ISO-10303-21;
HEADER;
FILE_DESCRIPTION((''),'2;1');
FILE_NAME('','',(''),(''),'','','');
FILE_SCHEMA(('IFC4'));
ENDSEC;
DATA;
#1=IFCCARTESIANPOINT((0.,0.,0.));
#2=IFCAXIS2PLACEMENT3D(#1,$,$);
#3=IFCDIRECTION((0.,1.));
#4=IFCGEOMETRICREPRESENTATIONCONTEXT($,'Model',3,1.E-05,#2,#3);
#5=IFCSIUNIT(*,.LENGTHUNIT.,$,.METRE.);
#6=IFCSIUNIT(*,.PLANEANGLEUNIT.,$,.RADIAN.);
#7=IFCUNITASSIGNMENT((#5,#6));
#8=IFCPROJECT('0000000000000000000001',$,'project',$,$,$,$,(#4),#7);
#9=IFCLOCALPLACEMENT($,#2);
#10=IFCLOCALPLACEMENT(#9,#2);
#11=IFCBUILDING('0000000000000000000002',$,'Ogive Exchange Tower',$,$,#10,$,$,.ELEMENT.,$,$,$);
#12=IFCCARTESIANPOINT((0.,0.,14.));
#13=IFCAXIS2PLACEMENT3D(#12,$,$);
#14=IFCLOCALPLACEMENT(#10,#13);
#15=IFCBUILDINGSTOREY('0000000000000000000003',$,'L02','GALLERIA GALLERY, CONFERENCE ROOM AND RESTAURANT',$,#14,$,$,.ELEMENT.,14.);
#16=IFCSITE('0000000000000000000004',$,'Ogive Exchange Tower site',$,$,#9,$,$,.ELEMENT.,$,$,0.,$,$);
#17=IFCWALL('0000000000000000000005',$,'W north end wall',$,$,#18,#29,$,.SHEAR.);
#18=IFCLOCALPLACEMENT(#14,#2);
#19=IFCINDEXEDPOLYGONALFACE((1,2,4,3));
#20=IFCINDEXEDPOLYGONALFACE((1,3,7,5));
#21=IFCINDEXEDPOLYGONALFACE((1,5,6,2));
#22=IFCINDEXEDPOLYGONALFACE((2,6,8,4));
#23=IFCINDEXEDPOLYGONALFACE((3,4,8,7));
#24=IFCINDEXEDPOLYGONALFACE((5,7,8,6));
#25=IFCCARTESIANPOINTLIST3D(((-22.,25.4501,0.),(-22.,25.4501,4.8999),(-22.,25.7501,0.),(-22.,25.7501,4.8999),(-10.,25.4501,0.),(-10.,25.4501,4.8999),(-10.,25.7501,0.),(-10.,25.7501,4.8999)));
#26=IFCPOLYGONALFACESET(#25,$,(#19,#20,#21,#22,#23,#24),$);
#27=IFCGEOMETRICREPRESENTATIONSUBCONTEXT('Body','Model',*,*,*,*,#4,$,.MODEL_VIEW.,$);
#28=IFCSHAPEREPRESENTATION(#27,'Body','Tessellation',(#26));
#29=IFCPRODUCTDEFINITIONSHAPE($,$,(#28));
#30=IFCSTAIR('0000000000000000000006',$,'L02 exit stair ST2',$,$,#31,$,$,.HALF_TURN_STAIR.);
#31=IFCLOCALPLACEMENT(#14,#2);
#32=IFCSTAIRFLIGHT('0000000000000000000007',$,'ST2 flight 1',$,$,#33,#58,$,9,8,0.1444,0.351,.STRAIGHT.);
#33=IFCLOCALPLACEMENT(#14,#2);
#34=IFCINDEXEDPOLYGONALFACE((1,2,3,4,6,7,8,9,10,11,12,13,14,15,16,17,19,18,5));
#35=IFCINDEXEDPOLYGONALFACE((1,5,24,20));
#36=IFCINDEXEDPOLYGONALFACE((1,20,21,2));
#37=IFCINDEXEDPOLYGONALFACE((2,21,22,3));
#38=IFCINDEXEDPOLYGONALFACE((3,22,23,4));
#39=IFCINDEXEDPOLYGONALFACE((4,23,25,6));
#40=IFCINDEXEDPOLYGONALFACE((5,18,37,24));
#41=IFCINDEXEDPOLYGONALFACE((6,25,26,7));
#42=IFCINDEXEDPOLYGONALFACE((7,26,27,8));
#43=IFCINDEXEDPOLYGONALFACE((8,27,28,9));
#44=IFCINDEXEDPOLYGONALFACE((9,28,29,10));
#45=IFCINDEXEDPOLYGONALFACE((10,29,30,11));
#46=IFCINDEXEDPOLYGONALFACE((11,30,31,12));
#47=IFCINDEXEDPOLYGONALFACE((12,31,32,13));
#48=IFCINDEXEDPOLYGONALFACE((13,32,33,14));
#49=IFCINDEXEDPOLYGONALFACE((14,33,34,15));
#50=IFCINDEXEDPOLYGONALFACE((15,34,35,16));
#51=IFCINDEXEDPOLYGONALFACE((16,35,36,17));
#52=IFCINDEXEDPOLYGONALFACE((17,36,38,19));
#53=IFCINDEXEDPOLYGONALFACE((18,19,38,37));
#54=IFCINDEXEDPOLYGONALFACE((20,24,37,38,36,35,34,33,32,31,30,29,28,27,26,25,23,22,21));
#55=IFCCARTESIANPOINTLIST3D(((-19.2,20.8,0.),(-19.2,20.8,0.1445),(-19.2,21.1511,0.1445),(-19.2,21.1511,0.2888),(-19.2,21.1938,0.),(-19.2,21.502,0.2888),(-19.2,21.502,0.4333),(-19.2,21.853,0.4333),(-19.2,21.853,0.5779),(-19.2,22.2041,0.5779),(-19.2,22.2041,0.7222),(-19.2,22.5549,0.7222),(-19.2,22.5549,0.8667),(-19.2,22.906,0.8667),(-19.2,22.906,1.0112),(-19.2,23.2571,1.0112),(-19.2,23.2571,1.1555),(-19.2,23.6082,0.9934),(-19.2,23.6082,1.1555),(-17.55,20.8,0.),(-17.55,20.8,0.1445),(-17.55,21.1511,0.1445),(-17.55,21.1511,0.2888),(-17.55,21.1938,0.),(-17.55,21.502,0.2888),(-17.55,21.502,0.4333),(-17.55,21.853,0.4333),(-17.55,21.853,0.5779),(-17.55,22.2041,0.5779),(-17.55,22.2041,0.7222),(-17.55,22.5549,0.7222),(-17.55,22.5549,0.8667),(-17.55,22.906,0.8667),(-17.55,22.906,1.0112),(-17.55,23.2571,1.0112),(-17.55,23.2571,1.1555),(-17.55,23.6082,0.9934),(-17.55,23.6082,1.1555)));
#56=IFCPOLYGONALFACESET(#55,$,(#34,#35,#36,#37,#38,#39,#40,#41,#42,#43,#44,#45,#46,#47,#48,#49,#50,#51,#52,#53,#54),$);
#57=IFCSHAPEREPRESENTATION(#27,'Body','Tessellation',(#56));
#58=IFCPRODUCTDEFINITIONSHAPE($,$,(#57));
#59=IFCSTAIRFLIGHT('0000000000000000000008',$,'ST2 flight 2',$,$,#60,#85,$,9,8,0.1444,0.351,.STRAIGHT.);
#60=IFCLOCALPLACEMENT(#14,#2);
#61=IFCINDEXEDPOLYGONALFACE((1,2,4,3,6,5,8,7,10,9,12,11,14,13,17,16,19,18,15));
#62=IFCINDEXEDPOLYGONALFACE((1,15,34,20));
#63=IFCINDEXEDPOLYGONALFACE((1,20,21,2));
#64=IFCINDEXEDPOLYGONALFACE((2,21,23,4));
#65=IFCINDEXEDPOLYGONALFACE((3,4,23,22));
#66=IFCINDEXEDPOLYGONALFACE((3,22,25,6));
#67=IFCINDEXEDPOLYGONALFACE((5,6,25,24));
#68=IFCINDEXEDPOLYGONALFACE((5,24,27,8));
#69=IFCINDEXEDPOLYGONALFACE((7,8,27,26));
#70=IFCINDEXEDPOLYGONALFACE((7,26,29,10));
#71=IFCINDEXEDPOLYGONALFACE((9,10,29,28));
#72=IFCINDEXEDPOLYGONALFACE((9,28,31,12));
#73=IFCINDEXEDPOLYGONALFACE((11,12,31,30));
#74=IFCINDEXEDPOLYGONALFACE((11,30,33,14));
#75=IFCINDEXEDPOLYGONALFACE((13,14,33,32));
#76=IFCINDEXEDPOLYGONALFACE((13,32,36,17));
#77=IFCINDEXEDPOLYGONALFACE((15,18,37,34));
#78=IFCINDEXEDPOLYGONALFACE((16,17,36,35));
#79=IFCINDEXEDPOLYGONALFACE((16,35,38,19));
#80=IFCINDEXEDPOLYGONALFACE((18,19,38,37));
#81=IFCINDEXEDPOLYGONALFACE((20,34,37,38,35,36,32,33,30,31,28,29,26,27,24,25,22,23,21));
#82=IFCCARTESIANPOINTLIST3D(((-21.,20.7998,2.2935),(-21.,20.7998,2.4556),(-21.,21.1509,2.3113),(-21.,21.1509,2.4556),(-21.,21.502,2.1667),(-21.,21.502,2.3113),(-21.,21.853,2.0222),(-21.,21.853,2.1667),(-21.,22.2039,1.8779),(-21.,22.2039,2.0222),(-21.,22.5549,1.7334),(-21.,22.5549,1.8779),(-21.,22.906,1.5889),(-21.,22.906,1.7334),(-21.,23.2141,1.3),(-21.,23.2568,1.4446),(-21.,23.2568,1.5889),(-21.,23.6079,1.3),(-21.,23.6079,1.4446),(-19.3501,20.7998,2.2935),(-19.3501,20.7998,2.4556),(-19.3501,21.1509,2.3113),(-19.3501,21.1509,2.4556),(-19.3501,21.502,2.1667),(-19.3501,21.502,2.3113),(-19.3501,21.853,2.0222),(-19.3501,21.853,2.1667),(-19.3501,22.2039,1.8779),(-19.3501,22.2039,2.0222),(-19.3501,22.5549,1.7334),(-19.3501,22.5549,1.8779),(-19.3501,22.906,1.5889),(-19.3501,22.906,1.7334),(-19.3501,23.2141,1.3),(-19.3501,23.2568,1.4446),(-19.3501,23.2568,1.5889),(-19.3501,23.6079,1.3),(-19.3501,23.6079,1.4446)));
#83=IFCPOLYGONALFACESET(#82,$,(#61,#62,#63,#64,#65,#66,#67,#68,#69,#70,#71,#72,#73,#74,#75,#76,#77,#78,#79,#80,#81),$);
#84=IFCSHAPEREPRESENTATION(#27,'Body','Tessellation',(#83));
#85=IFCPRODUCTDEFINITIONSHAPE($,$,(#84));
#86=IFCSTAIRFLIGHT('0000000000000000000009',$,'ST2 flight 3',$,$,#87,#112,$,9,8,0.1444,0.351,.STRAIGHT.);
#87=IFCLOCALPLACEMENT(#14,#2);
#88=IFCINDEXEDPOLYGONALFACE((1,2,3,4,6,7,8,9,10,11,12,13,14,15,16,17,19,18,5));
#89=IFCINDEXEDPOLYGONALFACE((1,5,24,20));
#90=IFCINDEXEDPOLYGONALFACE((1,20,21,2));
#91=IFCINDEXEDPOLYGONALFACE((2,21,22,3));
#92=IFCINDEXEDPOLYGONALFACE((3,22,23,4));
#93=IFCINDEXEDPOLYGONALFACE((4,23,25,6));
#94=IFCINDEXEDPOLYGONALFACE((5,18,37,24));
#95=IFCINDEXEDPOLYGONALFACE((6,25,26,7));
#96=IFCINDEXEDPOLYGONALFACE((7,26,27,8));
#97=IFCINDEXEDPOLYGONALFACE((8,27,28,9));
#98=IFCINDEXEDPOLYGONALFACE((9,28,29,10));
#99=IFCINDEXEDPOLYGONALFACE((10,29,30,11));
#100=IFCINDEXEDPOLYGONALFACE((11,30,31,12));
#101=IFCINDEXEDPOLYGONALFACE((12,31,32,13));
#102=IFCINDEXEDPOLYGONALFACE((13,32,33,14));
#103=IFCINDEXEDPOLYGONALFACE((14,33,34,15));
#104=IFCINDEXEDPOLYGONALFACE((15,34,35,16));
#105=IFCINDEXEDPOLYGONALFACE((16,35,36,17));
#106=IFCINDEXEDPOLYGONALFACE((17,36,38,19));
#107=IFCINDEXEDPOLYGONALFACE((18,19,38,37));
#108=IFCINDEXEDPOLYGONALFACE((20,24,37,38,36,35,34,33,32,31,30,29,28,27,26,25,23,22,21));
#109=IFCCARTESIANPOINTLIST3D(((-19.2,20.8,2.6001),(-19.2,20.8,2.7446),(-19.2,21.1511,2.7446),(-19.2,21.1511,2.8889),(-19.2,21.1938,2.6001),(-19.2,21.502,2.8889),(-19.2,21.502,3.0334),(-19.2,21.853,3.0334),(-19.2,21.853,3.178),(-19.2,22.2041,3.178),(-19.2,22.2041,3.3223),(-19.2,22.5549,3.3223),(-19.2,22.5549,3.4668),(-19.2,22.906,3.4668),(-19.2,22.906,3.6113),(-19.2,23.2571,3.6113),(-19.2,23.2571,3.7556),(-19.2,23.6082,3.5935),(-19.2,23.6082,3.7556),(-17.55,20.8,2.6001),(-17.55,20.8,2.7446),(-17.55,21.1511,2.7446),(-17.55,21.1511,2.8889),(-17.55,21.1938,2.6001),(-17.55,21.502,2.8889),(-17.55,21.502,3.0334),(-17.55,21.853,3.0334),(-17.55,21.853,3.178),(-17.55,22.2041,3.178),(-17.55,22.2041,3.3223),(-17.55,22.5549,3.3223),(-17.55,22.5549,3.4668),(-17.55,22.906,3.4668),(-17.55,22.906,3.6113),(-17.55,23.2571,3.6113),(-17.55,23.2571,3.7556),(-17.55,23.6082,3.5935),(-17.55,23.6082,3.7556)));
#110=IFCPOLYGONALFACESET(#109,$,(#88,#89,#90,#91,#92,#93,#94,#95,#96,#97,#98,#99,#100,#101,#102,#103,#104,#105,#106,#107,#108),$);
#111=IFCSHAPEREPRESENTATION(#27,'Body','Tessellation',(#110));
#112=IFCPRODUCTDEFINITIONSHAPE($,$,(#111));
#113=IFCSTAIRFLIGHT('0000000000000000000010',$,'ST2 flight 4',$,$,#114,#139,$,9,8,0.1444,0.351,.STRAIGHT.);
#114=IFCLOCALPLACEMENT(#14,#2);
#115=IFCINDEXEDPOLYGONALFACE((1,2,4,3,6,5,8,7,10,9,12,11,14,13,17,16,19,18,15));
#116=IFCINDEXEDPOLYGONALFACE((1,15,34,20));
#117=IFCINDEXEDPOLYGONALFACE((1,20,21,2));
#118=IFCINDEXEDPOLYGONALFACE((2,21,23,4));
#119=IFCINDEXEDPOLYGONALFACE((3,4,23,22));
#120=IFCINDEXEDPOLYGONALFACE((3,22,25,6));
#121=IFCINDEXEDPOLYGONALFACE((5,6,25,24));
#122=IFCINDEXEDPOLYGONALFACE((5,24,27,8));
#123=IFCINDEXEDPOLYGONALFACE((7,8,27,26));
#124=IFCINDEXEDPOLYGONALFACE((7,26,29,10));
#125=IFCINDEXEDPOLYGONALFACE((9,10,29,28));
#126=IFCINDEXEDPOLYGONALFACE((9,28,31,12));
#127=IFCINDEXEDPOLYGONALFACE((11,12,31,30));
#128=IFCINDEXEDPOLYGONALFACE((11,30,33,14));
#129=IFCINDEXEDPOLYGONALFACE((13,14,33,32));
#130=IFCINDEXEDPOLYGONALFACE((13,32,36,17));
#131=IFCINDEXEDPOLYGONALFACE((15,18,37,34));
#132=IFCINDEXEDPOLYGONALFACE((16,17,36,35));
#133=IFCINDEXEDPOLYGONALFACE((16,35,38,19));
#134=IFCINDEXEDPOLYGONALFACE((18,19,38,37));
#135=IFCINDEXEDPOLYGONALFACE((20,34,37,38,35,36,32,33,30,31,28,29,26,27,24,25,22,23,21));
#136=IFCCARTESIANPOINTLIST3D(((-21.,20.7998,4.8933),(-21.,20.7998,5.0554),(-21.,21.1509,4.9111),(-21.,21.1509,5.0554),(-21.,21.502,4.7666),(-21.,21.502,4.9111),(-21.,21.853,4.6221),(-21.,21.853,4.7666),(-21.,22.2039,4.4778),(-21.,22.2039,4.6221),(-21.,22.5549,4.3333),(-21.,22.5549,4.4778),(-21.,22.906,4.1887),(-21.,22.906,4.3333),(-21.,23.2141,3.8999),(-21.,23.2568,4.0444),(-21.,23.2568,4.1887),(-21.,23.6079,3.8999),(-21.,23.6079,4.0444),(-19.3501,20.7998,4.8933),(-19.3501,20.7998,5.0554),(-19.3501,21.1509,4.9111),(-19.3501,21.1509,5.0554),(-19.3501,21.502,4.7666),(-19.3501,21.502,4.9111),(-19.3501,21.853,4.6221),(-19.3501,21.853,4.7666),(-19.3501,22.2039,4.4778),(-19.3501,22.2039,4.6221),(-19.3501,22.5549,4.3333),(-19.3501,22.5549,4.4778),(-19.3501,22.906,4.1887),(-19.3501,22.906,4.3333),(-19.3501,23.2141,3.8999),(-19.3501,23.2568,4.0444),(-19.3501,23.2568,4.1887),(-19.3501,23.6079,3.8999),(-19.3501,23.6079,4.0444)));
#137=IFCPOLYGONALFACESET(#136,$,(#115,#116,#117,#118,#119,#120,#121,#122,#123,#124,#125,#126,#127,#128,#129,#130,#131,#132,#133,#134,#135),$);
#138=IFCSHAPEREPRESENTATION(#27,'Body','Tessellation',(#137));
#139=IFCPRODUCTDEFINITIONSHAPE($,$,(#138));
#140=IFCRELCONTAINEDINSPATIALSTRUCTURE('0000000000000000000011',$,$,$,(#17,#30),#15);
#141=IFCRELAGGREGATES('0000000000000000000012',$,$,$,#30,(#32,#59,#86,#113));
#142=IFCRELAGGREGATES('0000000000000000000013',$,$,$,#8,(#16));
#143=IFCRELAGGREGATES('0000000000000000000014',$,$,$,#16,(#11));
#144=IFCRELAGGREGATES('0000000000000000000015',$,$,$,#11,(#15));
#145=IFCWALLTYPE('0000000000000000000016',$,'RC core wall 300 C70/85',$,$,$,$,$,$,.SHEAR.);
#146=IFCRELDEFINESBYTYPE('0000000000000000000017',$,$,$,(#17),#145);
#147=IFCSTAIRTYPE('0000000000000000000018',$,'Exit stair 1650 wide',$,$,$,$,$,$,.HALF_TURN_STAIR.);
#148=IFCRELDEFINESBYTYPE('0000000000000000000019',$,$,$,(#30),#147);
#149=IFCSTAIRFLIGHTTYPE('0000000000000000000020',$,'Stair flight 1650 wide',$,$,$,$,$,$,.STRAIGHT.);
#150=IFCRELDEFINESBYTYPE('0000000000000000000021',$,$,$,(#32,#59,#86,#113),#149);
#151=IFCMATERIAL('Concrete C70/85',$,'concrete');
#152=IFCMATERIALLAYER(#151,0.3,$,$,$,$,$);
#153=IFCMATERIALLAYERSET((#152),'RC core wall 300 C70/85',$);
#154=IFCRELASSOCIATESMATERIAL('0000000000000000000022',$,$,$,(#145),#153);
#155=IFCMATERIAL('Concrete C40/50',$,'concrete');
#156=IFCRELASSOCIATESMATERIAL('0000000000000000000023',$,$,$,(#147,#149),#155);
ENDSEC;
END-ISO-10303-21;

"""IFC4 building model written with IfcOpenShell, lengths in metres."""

from ifc_helpers import new_model, si_unit, direction, frame, frame_2d, origin, place, context, subcontext, project, spatial, polyline, rectangle, outline, extrude, material, layer, layer_set, type_object, element, aggregate, save


model = new_model("IFC4")

# Units and contexts
model_context = context("Model", 3, precision=1e-05, world=origin(), true_north=direction((0.0, 1.0)))
body_context = subcontext(model_context, "Body", "Model", "MODEL_VIEW")
ifc_project = project(units=[si_unit("LENGTHUNIT", "METRE"), si_unit("PLANEANGLEUNIT", "RADIAN")], contexts=[model_context])

# Site, building, storey
site_placement = place(None, origin())
site = spatial("IfcSite", under=ifc_project, at=site_placement, Name="Ogive Exchange Tower site", CompositionType="ELEMENT", RefElevation=0.0)
building_placement = place(site_placement, origin())
building = spatial("IfcBuilding", under=site, at=building_placement, Name="Ogive Exchange Tower", CompositionType="ELEMENT")
storey_placement = place(building_placement, frame((0.0, 0.0, 14.0)))
storey = spatial("IfcBuildingStorey", under=building, at=storey_placement, Name="L02", Description="GALLERIA GALLERY, CONFERENCE ROOM AND RESTAURANT", CompositionType="ELEMENT", Elevation=14.0)

# Shared definitions
ifc_material_1 = material(Name="Concrete C70/85", Category="concrete")

# Wall
ifc_layer_1 = layer(ifc_material_1, 0.3)
ifc_layer_set_1 = layer_set([ifc_layer_1], Name="RC core wall 300 C70/85")
wall_type_1 = type_object("IfcWallType", Name="RC core wall 300 C70/85", PredefinedType="SHEAR", material=ifc_layer_set_1)
wall_1_placement = place(storey_placement, frame((-22.0, 25.6001, 0.0), z_axis=(0.0, 0.0, 1.0), x_axis=(1.0, 0.0, 0.0)))
element("IfcWall", 1, at=wall_1_placement, inside=storey, type_object=wall_type_1, Name="W north end wall", PredefinedType="SHEAR", context=body_context, shape_type="SweptSolid", body=[
    extrude(rectangle(XDim=12.0, YDim=0.3, at=frame_2d((6.0, 0.0))), origin(), (0.0, 0.0, 1.0), 4.8999),
])

# Stair, stair flights
ifc_material_2 = material(Name="Concrete C40/50", Category="concrete")
stair_type = type_object("IfcStairType", Name="Exit stair 1650 wide", PredefinedType="HALF_TURN_STAIR", material=ifc_material_2)
stair_placement = place(storey_placement, origin())
stair = element("IfcStair", 2, at=stair_placement, inside=storey, type_object=stair_type, Name="L02 exit stair ST2", PredefinedType="HALF_TURN_STAIR")
stair_flight_type = type_object("IfcStairFlightType", Name="Stair flight 1650 wide", PredefinedType="STRAIGHT", material=ifc_material_2)
stair_flight_1_placement = place(storey_placement, frame((-18.375, 20.8, 0.0), z_axis=(0.0, 0.0, 1.0), x_axis=(0.0, 1.0, 0.0)))
stair_flight_1 = element("IfcStairFlight", 3, at=stair_flight_1_placement, type_object=stair_flight_type, Name="ST2 flight 1", NumberOfRisers=9, NumberOfTreads=8, PredefinedType="STRAIGHT", RiserHeight=0.1444, TreadLength=0.351, context=body_context, shape_type="SweptSolid", body=[
    extrude(outline(polyline([(0.0, 0.0), (0.0, 0.1445), (0.3511, 0.1445), (0.3511, 0.2888), (0.7019, 0.2888), (0.7019, 0.4333), (1.053, 0.4333), (1.053, 0.5779), (1.4041, 0.5779), (1.4041, 0.7222), (1.7549, 0.7222), (1.7549, 0.8667), (2.106, 0.8667), (2.106, 1.0112), (2.457, 1.0112), (2.457, 1.1555), (2.8081, 1.1555), (2.8081, 1.3), (2.8081, 0.9934), (0.3938, 0.0), (0.0, 0.0)])), frame((0.0, 0.825, 0.0), z_axis=(0.0, -1.0, 0.0), x_axis=(1.0, 0.0, 0.0)), (0.0, 0.0, 1.0), 1.6499),
])
stair_flight_2_placement = place(storey_placement, frame((-20.175, 23.6079, 1.3), z_axis=(0.0, 0.0, 1.0), x_axis=(0.0, -1.0, 0.0)))
stair_flight_2 = element("IfcStairFlight", 4, at=stair_flight_2_placement, type_object=stair_flight_type, Name="ST2 flight 2", NumberOfRisers=9, NumberOfTreads=8, PredefinedType="STRAIGHT", RiserHeight=0.1444, TreadLength=0.351, context=body_context, shape_type="SweptSolid", body=[
    extrude(outline(polyline([(0.0, 0.0), (0.0, 0.1445), (0.3511, 0.1445), (0.3511, 0.2888), (0.7019, 0.2888), (0.7019, 0.4333), (1.053, 0.4333), (1.053, 0.5779), (1.4041, 0.5779), (1.4041, 0.7222), (1.7549, 0.7222), (1.7549, 0.8667), (2.106, 0.8667), (2.106, 1.0112), (2.457, 1.0112), (2.457, 1.1555), (2.8081, 1.1555), (2.8081, 1.3), (2.8081, 0.9934), (0.3938, 0.0), (0.0, 0.0)])), frame((0.0, 0.825, 0.0), z_axis=(0.0, -1.0, 0.0), x_axis=(1.0, 0.0, 0.0)), (0.0, 0.0, 1.0), 1.6499),
])
stair_flight_3_placement = place(storey_placement, frame((-18.375, 20.8, 2.6001), z_axis=(0.0, 0.0, 1.0), x_axis=(0.0, 1.0, 0.0)))
stair_flight_3 = element("IfcStairFlight", 5, at=stair_flight_3_placement, type_object=stair_flight_type, Name="ST2 flight 3", NumberOfRisers=9, NumberOfTreads=8, PredefinedType="STRAIGHT", RiserHeight=0.1444, TreadLength=0.351, context=body_context, shape_type="SweptSolid", body=[
    extrude(outline(polyline([(0.0, 0.0), (0.0, 0.1445), (0.3511, 0.1445), (0.3511, 0.2888), (0.7019, 0.2888), (0.7019, 0.4333), (1.053, 0.4333), (1.053, 0.5779), (1.4041, 0.5779), (1.4041, 0.7222), (1.7549, 0.7222), (1.7549, 0.8667), (2.106, 0.8667), (2.106, 1.0112), (2.457, 1.0112), (2.457, 1.1555), (2.8081, 1.1555), (2.8081, 1.3), (2.8081, 0.9934), (0.3938, 0.0), (0.0, 0.0)])), frame((0.0, 0.825, 0.0), z_axis=(0.0, -1.0, 0.0), x_axis=(1.0, 0.0, 0.0)), (0.0, 0.0, 1.0), 1.6499),
])
stair_flight_4_placement = place(storey_placement, frame((-20.175, 23.6079, 3.8999), z_axis=(0.0, 0.0, 1.0), x_axis=(0.0, -1.0, 0.0)))
stair_flight_4 = element("IfcStairFlight", 6, at=stair_flight_4_placement, type_object=stair_flight_type, Name="ST2 flight 4", NumberOfRisers=9, NumberOfTreads=8, PredefinedType="STRAIGHT", RiserHeight=0.1444, TreadLength=0.351, context=body_context, shape_type="SweptSolid", body=[
    extrude(outline(polyline([(0.0, 0.0), (0.0, 0.1445), (0.3511, 0.1445), (0.3511, 0.2888), (0.7019, 0.2888), (0.7019, 0.4333), (1.053, 0.4333), (1.053, 0.5779), (1.4041, 0.5779), (1.4041, 0.7222), (1.7549, 0.7222), (1.7549, 0.8667), (2.106, 0.8667), (2.106, 1.0112), (2.457, 1.0112), (2.457, 1.1555), (2.8081, 1.1555), (2.8081, 1.3), (2.8081, 0.9934), (0.3938, 0.0), (0.0, 0.0)])), frame((0.0, 0.825, 0.0), z_axis=(0.0, -1.0, 0.0), x_axis=(1.0, 0.0, 0.0)), (0.0, 0.0, 1.0), 1.6499),
])
aggregate(stair, [stair_flight_1, stair_flight_2, stair_flight_3, stair_flight_4])

save(model, "model.ifc")
